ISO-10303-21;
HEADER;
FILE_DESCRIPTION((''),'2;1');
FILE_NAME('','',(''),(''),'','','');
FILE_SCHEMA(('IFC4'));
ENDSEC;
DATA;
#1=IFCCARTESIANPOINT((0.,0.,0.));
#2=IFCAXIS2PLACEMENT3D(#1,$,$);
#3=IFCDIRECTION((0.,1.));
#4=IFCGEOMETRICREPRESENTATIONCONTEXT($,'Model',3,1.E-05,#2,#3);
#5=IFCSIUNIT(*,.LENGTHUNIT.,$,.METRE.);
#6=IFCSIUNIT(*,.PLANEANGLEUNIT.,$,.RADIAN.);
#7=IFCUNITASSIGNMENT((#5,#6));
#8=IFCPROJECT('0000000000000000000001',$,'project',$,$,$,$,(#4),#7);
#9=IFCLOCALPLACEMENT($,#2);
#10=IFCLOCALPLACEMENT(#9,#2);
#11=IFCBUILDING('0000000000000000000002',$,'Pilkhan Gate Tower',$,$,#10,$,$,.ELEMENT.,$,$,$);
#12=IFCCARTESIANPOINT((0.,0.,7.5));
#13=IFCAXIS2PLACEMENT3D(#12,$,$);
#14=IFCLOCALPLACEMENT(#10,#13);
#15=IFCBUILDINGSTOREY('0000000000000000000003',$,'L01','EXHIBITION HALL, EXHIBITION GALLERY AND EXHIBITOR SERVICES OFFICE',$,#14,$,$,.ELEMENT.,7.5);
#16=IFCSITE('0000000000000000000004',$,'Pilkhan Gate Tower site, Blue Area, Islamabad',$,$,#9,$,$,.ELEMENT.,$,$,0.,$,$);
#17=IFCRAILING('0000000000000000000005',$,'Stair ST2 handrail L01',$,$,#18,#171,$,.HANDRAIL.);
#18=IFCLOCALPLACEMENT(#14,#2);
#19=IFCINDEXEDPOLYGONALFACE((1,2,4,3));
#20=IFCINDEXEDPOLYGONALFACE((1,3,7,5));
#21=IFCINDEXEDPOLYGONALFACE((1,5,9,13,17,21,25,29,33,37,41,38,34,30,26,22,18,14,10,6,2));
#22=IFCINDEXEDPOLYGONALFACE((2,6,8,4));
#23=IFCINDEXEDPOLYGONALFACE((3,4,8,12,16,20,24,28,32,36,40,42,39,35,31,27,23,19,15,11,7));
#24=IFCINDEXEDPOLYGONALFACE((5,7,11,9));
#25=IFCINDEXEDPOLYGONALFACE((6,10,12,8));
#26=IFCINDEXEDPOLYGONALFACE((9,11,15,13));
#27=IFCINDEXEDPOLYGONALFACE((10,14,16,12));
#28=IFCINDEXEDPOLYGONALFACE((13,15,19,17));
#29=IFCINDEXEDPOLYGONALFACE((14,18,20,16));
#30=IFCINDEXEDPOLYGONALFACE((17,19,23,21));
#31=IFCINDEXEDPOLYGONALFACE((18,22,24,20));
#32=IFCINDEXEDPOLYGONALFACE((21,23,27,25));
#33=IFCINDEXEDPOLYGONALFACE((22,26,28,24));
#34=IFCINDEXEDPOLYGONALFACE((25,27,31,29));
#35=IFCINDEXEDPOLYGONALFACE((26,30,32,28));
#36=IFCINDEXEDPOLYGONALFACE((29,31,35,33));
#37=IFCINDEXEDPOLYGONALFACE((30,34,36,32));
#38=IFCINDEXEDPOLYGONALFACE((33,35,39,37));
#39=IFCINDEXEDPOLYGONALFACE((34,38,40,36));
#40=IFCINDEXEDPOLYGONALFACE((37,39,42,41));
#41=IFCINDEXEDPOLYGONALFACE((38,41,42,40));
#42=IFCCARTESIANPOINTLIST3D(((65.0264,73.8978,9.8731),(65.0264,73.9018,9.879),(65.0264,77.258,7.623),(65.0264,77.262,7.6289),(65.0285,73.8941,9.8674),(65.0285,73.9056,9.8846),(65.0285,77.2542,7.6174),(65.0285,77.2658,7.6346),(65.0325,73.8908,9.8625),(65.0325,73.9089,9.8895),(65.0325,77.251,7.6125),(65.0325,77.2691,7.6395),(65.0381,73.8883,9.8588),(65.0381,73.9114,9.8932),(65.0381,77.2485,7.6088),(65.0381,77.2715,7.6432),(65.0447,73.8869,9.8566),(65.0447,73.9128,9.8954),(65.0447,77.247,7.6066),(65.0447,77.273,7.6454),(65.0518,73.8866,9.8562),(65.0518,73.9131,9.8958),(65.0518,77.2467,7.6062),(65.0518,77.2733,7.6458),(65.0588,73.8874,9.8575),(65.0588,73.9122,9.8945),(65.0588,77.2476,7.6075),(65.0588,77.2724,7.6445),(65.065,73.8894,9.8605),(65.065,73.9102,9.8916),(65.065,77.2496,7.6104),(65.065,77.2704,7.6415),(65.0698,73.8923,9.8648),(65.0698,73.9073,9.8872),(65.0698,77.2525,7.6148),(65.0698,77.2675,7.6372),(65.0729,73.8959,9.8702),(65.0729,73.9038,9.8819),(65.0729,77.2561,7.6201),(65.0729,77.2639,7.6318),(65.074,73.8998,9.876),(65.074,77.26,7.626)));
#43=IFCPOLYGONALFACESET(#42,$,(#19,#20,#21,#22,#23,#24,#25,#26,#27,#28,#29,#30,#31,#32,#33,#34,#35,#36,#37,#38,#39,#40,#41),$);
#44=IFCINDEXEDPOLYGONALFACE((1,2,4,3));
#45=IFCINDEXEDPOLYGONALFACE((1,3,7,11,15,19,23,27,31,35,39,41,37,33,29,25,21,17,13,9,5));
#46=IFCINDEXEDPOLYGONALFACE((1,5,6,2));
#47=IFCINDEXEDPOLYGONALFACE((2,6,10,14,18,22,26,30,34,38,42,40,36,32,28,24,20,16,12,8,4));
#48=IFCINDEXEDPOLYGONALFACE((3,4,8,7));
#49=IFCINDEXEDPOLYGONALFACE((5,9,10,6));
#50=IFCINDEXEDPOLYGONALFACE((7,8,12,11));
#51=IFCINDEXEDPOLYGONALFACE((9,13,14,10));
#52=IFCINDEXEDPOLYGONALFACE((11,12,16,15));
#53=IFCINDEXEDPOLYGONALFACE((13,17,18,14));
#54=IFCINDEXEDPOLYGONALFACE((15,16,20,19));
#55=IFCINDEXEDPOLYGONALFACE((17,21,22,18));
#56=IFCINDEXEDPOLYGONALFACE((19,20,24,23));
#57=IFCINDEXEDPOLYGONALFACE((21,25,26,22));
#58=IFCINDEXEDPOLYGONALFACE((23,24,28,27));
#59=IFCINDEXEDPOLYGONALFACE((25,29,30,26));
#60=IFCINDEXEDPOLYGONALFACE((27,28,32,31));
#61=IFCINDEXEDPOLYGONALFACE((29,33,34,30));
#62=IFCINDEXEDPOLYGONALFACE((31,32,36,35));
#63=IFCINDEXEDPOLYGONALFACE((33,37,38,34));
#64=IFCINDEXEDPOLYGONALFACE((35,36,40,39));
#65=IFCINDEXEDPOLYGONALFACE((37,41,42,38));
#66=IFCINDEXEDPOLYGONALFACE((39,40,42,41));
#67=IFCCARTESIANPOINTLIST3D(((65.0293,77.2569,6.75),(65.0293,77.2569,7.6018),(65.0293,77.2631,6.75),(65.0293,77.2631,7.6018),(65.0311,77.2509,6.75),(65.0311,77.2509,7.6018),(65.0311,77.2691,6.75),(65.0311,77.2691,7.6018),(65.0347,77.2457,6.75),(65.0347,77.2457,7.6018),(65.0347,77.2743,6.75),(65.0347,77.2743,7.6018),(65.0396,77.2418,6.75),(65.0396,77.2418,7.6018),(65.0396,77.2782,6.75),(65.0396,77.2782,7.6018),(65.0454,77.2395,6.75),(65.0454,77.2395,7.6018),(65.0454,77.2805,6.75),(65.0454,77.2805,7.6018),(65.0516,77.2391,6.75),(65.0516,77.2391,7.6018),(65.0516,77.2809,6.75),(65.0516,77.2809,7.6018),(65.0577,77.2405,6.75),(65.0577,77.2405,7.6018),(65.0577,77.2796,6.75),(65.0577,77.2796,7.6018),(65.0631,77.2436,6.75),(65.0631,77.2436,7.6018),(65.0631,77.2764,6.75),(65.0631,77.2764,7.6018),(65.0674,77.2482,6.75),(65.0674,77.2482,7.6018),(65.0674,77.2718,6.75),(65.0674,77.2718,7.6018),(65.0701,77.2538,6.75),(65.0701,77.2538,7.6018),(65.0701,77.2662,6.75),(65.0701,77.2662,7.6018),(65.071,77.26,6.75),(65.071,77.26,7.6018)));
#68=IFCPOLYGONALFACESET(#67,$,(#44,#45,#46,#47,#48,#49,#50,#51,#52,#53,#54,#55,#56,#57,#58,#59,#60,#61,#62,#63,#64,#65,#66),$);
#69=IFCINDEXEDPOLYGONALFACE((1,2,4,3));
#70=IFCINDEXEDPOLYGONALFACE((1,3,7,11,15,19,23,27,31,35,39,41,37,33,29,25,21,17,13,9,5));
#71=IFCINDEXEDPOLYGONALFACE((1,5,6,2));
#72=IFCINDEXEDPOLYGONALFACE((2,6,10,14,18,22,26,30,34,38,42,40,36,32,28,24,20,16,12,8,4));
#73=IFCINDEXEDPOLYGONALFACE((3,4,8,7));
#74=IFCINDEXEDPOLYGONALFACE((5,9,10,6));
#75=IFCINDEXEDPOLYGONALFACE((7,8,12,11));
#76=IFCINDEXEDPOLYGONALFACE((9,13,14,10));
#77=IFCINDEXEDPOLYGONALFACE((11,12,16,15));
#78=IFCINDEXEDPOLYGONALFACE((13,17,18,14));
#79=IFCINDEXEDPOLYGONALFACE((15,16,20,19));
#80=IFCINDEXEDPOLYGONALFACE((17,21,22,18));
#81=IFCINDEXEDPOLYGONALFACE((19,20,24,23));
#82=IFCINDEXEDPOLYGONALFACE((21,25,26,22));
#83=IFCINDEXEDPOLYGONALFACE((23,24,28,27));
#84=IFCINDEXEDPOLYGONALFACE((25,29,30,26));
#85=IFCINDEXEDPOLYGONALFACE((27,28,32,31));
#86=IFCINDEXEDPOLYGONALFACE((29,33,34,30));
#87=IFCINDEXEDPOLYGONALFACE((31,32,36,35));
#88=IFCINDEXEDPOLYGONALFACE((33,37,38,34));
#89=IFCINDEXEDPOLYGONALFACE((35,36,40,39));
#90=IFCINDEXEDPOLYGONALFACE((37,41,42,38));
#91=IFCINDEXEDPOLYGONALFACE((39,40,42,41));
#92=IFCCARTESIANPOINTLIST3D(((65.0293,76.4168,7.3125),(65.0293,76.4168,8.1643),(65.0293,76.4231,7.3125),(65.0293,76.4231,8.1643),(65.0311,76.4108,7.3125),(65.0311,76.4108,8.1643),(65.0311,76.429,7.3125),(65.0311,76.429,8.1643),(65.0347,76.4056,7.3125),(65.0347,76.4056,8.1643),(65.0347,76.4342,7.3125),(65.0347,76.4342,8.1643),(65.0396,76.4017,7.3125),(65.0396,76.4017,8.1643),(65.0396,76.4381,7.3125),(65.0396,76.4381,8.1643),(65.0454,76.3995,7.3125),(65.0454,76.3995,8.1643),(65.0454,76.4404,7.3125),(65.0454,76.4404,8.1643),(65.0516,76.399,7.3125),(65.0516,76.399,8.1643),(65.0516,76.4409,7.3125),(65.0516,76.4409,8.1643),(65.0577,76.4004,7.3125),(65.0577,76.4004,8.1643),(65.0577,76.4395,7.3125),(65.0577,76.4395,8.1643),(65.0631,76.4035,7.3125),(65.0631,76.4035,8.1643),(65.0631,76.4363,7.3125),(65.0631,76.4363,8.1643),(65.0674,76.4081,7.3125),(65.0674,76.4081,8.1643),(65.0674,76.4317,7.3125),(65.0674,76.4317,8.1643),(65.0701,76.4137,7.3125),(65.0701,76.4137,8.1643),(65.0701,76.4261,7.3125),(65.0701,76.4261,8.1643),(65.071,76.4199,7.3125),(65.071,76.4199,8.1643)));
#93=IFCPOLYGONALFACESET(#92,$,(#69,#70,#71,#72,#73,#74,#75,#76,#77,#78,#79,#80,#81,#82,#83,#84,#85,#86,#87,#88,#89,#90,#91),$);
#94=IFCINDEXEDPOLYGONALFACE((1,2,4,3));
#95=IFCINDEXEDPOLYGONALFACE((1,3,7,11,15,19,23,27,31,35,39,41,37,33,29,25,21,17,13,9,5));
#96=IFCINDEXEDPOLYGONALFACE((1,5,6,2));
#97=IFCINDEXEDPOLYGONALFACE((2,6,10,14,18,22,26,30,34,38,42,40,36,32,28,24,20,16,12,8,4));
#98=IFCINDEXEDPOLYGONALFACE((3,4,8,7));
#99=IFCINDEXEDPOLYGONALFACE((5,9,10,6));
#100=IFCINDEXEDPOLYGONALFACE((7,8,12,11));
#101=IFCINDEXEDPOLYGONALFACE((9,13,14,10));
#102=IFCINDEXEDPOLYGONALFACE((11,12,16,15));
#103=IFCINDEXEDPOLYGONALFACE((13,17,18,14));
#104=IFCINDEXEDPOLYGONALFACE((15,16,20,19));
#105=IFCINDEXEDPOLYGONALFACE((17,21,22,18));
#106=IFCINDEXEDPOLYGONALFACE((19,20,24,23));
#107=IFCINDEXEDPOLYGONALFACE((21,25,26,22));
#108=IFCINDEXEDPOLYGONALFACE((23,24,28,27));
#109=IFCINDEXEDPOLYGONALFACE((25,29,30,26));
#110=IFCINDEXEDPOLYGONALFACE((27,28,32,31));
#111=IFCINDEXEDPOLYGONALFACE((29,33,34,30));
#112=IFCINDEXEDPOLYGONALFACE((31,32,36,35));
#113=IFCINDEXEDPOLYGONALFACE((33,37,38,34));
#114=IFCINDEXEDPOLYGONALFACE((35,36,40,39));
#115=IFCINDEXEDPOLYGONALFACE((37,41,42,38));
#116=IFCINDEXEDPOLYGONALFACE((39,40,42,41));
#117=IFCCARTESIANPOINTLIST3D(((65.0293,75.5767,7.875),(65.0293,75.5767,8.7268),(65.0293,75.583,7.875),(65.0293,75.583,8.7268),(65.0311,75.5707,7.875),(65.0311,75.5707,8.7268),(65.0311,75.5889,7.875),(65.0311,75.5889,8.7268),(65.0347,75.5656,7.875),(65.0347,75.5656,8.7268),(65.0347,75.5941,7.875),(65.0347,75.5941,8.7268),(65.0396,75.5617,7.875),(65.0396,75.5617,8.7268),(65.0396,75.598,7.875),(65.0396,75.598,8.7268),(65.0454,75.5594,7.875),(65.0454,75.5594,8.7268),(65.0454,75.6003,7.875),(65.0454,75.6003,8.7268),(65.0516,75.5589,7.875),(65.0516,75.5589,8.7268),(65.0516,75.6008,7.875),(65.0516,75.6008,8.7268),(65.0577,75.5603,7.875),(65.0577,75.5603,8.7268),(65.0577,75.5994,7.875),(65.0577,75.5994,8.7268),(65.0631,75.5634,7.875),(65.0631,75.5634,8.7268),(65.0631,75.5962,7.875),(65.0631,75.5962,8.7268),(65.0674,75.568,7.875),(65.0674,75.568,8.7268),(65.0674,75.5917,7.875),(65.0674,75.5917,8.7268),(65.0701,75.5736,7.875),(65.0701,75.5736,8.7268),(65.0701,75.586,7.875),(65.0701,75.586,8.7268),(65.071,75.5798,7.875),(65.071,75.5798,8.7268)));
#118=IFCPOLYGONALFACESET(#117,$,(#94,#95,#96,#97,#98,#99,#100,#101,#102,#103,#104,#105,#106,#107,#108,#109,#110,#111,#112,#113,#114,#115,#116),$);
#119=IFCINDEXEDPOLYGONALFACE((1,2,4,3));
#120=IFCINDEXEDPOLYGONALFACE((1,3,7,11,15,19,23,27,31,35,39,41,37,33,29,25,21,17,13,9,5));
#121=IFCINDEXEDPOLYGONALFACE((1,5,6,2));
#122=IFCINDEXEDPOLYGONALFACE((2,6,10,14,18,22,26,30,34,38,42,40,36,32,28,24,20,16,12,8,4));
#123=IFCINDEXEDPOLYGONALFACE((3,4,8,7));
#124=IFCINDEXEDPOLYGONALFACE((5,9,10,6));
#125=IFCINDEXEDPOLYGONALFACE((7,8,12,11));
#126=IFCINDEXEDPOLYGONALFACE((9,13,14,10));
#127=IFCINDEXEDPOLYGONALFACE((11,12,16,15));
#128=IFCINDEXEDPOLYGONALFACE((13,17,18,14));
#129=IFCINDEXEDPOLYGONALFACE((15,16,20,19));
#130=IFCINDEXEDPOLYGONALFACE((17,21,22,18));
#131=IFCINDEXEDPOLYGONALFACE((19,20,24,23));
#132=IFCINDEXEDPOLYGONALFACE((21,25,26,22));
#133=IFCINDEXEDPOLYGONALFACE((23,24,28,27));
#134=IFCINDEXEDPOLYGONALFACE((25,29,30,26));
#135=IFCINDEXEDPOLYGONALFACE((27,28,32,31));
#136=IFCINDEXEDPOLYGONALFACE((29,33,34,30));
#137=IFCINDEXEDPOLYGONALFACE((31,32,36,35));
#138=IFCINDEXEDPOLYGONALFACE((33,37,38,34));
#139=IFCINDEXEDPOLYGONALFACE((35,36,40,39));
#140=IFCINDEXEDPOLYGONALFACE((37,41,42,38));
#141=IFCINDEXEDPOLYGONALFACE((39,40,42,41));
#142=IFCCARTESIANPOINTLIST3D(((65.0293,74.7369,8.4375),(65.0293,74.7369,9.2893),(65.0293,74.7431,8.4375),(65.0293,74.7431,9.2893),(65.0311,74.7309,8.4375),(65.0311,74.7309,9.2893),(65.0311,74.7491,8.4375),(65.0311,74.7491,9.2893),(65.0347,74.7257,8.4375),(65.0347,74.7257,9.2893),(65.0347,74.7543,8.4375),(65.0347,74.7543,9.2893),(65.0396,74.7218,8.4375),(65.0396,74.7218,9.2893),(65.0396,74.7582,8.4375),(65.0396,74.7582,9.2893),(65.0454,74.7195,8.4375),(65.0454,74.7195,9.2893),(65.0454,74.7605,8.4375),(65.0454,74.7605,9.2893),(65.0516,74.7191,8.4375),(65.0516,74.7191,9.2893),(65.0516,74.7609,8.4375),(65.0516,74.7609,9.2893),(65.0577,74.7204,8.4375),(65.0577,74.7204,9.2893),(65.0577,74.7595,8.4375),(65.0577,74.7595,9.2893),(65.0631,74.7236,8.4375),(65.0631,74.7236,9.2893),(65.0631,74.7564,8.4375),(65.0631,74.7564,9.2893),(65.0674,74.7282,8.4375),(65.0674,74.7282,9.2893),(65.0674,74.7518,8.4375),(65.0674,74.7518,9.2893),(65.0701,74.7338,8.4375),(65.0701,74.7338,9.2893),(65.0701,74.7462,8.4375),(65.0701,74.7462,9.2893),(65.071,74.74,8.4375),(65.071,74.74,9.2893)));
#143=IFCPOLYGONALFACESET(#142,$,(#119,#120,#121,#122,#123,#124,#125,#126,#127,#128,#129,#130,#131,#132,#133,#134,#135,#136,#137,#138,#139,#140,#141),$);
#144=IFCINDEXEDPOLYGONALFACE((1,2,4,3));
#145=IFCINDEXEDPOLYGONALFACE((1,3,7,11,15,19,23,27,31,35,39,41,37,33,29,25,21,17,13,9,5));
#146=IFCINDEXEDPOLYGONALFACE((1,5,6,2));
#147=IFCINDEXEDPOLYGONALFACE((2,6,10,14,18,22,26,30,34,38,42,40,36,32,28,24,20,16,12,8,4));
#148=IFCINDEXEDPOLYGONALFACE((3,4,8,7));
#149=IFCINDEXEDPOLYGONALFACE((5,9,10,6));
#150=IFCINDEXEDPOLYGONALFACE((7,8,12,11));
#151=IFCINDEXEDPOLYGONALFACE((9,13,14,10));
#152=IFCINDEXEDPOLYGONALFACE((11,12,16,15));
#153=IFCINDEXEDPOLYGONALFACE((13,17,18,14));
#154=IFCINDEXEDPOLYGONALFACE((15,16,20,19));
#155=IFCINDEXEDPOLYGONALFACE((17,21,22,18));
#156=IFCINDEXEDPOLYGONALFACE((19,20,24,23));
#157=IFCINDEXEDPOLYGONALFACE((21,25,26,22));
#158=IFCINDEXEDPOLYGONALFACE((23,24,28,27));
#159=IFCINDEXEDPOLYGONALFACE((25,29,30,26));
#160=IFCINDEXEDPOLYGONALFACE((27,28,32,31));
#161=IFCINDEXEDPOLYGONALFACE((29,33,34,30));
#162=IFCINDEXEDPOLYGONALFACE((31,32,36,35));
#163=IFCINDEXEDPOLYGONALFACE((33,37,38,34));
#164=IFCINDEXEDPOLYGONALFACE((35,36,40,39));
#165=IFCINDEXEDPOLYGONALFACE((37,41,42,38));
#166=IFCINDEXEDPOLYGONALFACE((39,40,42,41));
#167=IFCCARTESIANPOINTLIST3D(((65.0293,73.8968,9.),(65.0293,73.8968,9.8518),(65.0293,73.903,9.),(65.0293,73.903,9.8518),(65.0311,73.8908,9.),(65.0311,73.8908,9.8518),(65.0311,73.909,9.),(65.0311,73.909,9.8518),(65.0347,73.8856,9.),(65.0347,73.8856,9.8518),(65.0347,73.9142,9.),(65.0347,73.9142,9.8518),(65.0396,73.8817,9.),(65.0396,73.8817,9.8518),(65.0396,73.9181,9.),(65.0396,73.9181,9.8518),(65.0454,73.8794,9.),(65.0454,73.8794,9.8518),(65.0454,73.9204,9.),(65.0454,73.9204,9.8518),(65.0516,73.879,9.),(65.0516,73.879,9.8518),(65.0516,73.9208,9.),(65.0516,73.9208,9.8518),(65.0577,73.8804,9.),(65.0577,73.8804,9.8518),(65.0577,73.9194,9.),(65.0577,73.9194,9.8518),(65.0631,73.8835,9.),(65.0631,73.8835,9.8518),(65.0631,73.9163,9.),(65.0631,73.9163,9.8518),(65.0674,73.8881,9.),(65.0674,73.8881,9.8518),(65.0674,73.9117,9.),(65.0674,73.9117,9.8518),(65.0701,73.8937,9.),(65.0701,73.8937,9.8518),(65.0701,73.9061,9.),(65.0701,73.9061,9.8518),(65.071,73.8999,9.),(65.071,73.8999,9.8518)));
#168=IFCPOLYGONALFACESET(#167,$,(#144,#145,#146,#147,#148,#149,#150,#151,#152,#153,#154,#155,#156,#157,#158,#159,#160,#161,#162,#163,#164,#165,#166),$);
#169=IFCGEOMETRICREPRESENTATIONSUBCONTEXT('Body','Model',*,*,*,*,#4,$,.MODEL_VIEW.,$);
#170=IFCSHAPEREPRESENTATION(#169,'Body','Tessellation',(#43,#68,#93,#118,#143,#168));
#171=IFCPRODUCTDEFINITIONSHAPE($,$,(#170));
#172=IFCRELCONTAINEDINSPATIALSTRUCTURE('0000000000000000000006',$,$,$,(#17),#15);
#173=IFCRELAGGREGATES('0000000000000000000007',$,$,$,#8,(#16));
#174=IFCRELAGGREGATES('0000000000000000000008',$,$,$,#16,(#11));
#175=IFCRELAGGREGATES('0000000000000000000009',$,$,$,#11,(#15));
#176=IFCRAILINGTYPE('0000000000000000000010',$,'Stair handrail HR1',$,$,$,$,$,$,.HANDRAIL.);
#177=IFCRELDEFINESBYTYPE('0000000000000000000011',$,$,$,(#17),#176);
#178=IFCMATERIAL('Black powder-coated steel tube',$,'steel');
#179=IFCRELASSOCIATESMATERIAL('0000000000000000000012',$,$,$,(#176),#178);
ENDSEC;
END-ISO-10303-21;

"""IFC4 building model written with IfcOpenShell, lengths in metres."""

from ifc_helpers import new_model, si_unit, direction, frame, origin, origin_2d, place, context, subcontext, project, spatial, circle, extrude, material, type_object, element, save


model = new_model("IFC4")

# Units and contexts
model_context = context("Model", 3, precision=1e-05, world=origin(), true_north=direction((0.0, 1.0)))
body_context = subcontext(model_context, "Body", "Model", "MODEL_VIEW")
ifc_project = project(units=[si_unit("LENGTHUNIT", "METRE"), si_unit("PLANEANGLEUNIT", "RADIAN")], contexts=[model_context])

# Site, building, storey
site_placement = place(None, origin())
site = spatial("IfcSite", under=ifc_project, at=site_placement, Name="Pilkhan Gate Tower site, Blue Area, Islamabad", CompositionType="ELEMENT", RefElevation=0.0)
building_placement = place(site_placement, origin())
building = spatial("IfcBuilding", under=site, at=building_placement, Name="Pilkhan Gate Tower", CompositionType="ELEMENT")
storey_placement = place(building_placement, frame((0.0, 0.0, 7.5)))
storey = spatial("IfcBuildingStorey", under=building, at=storey_placement, Name="L01", Description="EXHIBITION HALL, EXHIBITION GALLERY AND EXHIBITOR SERVICES OFFICE", CompositionType="ELEMENT", Elevation=7.5)

# Railing
ifc_material_1 = material(Name="Black powder-coated steel tube", Category="steel")
railing_type_1 = type_object("IfcRailingType", Name="Stair handrail HR1", PredefinedType="HANDRAIL", material=ifc_material_1)
for number, where, name in (
    (1, (65.05, 77.26, 6.75), "Stair ST2 handrail L01"),
):
    element("IfcRailing", number, at=place(storey_placement, frame(where)), inside=storey, type_object=railing_type_1, Name=name, PredefinedType="HANDRAIL", context=body_context, shape_type="SweptSolid", body=[
        extrude(circle(Radius=0.0239, at=origin_2d()), frame((0.0, 0.0, 0.876), z_axis=(0.0, -0.830915, 0.556399), x_axis=(1.0, 0.0, 0.0)), (0.0, 0.0, 1.0), 4.0439),
        extrude(circle(Radius=0.021, at=origin_2d()), origin(), (0.0, 0.0, 1.0), 0.8518),
        extrude(circle(Radius=0.021, at=origin_2d()), frame((0.0, -0.8401, 0.5625)), (0.0, 0.0, 1.0), 0.8518),
        extrude(circle(Radius=0.021, at=origin_2d()), frame((0.0, -1.6802, 1.125)), (0.0, 0.0, 1.0), 0.8518),
        extrude(circle(Radius=0.021, at=origin_2d()), frame((0.0, -2.52, 1.6875)), (0.0, 0.0, 1.0), 0.8518),
        extrude(circle(Radius=0.021, at=origin_2d()), frame((0.0, -3.3601, 2.25)), (0.0, 0.0, 1.0), 0.8518),
    ])

save(model, "model.ifc")
